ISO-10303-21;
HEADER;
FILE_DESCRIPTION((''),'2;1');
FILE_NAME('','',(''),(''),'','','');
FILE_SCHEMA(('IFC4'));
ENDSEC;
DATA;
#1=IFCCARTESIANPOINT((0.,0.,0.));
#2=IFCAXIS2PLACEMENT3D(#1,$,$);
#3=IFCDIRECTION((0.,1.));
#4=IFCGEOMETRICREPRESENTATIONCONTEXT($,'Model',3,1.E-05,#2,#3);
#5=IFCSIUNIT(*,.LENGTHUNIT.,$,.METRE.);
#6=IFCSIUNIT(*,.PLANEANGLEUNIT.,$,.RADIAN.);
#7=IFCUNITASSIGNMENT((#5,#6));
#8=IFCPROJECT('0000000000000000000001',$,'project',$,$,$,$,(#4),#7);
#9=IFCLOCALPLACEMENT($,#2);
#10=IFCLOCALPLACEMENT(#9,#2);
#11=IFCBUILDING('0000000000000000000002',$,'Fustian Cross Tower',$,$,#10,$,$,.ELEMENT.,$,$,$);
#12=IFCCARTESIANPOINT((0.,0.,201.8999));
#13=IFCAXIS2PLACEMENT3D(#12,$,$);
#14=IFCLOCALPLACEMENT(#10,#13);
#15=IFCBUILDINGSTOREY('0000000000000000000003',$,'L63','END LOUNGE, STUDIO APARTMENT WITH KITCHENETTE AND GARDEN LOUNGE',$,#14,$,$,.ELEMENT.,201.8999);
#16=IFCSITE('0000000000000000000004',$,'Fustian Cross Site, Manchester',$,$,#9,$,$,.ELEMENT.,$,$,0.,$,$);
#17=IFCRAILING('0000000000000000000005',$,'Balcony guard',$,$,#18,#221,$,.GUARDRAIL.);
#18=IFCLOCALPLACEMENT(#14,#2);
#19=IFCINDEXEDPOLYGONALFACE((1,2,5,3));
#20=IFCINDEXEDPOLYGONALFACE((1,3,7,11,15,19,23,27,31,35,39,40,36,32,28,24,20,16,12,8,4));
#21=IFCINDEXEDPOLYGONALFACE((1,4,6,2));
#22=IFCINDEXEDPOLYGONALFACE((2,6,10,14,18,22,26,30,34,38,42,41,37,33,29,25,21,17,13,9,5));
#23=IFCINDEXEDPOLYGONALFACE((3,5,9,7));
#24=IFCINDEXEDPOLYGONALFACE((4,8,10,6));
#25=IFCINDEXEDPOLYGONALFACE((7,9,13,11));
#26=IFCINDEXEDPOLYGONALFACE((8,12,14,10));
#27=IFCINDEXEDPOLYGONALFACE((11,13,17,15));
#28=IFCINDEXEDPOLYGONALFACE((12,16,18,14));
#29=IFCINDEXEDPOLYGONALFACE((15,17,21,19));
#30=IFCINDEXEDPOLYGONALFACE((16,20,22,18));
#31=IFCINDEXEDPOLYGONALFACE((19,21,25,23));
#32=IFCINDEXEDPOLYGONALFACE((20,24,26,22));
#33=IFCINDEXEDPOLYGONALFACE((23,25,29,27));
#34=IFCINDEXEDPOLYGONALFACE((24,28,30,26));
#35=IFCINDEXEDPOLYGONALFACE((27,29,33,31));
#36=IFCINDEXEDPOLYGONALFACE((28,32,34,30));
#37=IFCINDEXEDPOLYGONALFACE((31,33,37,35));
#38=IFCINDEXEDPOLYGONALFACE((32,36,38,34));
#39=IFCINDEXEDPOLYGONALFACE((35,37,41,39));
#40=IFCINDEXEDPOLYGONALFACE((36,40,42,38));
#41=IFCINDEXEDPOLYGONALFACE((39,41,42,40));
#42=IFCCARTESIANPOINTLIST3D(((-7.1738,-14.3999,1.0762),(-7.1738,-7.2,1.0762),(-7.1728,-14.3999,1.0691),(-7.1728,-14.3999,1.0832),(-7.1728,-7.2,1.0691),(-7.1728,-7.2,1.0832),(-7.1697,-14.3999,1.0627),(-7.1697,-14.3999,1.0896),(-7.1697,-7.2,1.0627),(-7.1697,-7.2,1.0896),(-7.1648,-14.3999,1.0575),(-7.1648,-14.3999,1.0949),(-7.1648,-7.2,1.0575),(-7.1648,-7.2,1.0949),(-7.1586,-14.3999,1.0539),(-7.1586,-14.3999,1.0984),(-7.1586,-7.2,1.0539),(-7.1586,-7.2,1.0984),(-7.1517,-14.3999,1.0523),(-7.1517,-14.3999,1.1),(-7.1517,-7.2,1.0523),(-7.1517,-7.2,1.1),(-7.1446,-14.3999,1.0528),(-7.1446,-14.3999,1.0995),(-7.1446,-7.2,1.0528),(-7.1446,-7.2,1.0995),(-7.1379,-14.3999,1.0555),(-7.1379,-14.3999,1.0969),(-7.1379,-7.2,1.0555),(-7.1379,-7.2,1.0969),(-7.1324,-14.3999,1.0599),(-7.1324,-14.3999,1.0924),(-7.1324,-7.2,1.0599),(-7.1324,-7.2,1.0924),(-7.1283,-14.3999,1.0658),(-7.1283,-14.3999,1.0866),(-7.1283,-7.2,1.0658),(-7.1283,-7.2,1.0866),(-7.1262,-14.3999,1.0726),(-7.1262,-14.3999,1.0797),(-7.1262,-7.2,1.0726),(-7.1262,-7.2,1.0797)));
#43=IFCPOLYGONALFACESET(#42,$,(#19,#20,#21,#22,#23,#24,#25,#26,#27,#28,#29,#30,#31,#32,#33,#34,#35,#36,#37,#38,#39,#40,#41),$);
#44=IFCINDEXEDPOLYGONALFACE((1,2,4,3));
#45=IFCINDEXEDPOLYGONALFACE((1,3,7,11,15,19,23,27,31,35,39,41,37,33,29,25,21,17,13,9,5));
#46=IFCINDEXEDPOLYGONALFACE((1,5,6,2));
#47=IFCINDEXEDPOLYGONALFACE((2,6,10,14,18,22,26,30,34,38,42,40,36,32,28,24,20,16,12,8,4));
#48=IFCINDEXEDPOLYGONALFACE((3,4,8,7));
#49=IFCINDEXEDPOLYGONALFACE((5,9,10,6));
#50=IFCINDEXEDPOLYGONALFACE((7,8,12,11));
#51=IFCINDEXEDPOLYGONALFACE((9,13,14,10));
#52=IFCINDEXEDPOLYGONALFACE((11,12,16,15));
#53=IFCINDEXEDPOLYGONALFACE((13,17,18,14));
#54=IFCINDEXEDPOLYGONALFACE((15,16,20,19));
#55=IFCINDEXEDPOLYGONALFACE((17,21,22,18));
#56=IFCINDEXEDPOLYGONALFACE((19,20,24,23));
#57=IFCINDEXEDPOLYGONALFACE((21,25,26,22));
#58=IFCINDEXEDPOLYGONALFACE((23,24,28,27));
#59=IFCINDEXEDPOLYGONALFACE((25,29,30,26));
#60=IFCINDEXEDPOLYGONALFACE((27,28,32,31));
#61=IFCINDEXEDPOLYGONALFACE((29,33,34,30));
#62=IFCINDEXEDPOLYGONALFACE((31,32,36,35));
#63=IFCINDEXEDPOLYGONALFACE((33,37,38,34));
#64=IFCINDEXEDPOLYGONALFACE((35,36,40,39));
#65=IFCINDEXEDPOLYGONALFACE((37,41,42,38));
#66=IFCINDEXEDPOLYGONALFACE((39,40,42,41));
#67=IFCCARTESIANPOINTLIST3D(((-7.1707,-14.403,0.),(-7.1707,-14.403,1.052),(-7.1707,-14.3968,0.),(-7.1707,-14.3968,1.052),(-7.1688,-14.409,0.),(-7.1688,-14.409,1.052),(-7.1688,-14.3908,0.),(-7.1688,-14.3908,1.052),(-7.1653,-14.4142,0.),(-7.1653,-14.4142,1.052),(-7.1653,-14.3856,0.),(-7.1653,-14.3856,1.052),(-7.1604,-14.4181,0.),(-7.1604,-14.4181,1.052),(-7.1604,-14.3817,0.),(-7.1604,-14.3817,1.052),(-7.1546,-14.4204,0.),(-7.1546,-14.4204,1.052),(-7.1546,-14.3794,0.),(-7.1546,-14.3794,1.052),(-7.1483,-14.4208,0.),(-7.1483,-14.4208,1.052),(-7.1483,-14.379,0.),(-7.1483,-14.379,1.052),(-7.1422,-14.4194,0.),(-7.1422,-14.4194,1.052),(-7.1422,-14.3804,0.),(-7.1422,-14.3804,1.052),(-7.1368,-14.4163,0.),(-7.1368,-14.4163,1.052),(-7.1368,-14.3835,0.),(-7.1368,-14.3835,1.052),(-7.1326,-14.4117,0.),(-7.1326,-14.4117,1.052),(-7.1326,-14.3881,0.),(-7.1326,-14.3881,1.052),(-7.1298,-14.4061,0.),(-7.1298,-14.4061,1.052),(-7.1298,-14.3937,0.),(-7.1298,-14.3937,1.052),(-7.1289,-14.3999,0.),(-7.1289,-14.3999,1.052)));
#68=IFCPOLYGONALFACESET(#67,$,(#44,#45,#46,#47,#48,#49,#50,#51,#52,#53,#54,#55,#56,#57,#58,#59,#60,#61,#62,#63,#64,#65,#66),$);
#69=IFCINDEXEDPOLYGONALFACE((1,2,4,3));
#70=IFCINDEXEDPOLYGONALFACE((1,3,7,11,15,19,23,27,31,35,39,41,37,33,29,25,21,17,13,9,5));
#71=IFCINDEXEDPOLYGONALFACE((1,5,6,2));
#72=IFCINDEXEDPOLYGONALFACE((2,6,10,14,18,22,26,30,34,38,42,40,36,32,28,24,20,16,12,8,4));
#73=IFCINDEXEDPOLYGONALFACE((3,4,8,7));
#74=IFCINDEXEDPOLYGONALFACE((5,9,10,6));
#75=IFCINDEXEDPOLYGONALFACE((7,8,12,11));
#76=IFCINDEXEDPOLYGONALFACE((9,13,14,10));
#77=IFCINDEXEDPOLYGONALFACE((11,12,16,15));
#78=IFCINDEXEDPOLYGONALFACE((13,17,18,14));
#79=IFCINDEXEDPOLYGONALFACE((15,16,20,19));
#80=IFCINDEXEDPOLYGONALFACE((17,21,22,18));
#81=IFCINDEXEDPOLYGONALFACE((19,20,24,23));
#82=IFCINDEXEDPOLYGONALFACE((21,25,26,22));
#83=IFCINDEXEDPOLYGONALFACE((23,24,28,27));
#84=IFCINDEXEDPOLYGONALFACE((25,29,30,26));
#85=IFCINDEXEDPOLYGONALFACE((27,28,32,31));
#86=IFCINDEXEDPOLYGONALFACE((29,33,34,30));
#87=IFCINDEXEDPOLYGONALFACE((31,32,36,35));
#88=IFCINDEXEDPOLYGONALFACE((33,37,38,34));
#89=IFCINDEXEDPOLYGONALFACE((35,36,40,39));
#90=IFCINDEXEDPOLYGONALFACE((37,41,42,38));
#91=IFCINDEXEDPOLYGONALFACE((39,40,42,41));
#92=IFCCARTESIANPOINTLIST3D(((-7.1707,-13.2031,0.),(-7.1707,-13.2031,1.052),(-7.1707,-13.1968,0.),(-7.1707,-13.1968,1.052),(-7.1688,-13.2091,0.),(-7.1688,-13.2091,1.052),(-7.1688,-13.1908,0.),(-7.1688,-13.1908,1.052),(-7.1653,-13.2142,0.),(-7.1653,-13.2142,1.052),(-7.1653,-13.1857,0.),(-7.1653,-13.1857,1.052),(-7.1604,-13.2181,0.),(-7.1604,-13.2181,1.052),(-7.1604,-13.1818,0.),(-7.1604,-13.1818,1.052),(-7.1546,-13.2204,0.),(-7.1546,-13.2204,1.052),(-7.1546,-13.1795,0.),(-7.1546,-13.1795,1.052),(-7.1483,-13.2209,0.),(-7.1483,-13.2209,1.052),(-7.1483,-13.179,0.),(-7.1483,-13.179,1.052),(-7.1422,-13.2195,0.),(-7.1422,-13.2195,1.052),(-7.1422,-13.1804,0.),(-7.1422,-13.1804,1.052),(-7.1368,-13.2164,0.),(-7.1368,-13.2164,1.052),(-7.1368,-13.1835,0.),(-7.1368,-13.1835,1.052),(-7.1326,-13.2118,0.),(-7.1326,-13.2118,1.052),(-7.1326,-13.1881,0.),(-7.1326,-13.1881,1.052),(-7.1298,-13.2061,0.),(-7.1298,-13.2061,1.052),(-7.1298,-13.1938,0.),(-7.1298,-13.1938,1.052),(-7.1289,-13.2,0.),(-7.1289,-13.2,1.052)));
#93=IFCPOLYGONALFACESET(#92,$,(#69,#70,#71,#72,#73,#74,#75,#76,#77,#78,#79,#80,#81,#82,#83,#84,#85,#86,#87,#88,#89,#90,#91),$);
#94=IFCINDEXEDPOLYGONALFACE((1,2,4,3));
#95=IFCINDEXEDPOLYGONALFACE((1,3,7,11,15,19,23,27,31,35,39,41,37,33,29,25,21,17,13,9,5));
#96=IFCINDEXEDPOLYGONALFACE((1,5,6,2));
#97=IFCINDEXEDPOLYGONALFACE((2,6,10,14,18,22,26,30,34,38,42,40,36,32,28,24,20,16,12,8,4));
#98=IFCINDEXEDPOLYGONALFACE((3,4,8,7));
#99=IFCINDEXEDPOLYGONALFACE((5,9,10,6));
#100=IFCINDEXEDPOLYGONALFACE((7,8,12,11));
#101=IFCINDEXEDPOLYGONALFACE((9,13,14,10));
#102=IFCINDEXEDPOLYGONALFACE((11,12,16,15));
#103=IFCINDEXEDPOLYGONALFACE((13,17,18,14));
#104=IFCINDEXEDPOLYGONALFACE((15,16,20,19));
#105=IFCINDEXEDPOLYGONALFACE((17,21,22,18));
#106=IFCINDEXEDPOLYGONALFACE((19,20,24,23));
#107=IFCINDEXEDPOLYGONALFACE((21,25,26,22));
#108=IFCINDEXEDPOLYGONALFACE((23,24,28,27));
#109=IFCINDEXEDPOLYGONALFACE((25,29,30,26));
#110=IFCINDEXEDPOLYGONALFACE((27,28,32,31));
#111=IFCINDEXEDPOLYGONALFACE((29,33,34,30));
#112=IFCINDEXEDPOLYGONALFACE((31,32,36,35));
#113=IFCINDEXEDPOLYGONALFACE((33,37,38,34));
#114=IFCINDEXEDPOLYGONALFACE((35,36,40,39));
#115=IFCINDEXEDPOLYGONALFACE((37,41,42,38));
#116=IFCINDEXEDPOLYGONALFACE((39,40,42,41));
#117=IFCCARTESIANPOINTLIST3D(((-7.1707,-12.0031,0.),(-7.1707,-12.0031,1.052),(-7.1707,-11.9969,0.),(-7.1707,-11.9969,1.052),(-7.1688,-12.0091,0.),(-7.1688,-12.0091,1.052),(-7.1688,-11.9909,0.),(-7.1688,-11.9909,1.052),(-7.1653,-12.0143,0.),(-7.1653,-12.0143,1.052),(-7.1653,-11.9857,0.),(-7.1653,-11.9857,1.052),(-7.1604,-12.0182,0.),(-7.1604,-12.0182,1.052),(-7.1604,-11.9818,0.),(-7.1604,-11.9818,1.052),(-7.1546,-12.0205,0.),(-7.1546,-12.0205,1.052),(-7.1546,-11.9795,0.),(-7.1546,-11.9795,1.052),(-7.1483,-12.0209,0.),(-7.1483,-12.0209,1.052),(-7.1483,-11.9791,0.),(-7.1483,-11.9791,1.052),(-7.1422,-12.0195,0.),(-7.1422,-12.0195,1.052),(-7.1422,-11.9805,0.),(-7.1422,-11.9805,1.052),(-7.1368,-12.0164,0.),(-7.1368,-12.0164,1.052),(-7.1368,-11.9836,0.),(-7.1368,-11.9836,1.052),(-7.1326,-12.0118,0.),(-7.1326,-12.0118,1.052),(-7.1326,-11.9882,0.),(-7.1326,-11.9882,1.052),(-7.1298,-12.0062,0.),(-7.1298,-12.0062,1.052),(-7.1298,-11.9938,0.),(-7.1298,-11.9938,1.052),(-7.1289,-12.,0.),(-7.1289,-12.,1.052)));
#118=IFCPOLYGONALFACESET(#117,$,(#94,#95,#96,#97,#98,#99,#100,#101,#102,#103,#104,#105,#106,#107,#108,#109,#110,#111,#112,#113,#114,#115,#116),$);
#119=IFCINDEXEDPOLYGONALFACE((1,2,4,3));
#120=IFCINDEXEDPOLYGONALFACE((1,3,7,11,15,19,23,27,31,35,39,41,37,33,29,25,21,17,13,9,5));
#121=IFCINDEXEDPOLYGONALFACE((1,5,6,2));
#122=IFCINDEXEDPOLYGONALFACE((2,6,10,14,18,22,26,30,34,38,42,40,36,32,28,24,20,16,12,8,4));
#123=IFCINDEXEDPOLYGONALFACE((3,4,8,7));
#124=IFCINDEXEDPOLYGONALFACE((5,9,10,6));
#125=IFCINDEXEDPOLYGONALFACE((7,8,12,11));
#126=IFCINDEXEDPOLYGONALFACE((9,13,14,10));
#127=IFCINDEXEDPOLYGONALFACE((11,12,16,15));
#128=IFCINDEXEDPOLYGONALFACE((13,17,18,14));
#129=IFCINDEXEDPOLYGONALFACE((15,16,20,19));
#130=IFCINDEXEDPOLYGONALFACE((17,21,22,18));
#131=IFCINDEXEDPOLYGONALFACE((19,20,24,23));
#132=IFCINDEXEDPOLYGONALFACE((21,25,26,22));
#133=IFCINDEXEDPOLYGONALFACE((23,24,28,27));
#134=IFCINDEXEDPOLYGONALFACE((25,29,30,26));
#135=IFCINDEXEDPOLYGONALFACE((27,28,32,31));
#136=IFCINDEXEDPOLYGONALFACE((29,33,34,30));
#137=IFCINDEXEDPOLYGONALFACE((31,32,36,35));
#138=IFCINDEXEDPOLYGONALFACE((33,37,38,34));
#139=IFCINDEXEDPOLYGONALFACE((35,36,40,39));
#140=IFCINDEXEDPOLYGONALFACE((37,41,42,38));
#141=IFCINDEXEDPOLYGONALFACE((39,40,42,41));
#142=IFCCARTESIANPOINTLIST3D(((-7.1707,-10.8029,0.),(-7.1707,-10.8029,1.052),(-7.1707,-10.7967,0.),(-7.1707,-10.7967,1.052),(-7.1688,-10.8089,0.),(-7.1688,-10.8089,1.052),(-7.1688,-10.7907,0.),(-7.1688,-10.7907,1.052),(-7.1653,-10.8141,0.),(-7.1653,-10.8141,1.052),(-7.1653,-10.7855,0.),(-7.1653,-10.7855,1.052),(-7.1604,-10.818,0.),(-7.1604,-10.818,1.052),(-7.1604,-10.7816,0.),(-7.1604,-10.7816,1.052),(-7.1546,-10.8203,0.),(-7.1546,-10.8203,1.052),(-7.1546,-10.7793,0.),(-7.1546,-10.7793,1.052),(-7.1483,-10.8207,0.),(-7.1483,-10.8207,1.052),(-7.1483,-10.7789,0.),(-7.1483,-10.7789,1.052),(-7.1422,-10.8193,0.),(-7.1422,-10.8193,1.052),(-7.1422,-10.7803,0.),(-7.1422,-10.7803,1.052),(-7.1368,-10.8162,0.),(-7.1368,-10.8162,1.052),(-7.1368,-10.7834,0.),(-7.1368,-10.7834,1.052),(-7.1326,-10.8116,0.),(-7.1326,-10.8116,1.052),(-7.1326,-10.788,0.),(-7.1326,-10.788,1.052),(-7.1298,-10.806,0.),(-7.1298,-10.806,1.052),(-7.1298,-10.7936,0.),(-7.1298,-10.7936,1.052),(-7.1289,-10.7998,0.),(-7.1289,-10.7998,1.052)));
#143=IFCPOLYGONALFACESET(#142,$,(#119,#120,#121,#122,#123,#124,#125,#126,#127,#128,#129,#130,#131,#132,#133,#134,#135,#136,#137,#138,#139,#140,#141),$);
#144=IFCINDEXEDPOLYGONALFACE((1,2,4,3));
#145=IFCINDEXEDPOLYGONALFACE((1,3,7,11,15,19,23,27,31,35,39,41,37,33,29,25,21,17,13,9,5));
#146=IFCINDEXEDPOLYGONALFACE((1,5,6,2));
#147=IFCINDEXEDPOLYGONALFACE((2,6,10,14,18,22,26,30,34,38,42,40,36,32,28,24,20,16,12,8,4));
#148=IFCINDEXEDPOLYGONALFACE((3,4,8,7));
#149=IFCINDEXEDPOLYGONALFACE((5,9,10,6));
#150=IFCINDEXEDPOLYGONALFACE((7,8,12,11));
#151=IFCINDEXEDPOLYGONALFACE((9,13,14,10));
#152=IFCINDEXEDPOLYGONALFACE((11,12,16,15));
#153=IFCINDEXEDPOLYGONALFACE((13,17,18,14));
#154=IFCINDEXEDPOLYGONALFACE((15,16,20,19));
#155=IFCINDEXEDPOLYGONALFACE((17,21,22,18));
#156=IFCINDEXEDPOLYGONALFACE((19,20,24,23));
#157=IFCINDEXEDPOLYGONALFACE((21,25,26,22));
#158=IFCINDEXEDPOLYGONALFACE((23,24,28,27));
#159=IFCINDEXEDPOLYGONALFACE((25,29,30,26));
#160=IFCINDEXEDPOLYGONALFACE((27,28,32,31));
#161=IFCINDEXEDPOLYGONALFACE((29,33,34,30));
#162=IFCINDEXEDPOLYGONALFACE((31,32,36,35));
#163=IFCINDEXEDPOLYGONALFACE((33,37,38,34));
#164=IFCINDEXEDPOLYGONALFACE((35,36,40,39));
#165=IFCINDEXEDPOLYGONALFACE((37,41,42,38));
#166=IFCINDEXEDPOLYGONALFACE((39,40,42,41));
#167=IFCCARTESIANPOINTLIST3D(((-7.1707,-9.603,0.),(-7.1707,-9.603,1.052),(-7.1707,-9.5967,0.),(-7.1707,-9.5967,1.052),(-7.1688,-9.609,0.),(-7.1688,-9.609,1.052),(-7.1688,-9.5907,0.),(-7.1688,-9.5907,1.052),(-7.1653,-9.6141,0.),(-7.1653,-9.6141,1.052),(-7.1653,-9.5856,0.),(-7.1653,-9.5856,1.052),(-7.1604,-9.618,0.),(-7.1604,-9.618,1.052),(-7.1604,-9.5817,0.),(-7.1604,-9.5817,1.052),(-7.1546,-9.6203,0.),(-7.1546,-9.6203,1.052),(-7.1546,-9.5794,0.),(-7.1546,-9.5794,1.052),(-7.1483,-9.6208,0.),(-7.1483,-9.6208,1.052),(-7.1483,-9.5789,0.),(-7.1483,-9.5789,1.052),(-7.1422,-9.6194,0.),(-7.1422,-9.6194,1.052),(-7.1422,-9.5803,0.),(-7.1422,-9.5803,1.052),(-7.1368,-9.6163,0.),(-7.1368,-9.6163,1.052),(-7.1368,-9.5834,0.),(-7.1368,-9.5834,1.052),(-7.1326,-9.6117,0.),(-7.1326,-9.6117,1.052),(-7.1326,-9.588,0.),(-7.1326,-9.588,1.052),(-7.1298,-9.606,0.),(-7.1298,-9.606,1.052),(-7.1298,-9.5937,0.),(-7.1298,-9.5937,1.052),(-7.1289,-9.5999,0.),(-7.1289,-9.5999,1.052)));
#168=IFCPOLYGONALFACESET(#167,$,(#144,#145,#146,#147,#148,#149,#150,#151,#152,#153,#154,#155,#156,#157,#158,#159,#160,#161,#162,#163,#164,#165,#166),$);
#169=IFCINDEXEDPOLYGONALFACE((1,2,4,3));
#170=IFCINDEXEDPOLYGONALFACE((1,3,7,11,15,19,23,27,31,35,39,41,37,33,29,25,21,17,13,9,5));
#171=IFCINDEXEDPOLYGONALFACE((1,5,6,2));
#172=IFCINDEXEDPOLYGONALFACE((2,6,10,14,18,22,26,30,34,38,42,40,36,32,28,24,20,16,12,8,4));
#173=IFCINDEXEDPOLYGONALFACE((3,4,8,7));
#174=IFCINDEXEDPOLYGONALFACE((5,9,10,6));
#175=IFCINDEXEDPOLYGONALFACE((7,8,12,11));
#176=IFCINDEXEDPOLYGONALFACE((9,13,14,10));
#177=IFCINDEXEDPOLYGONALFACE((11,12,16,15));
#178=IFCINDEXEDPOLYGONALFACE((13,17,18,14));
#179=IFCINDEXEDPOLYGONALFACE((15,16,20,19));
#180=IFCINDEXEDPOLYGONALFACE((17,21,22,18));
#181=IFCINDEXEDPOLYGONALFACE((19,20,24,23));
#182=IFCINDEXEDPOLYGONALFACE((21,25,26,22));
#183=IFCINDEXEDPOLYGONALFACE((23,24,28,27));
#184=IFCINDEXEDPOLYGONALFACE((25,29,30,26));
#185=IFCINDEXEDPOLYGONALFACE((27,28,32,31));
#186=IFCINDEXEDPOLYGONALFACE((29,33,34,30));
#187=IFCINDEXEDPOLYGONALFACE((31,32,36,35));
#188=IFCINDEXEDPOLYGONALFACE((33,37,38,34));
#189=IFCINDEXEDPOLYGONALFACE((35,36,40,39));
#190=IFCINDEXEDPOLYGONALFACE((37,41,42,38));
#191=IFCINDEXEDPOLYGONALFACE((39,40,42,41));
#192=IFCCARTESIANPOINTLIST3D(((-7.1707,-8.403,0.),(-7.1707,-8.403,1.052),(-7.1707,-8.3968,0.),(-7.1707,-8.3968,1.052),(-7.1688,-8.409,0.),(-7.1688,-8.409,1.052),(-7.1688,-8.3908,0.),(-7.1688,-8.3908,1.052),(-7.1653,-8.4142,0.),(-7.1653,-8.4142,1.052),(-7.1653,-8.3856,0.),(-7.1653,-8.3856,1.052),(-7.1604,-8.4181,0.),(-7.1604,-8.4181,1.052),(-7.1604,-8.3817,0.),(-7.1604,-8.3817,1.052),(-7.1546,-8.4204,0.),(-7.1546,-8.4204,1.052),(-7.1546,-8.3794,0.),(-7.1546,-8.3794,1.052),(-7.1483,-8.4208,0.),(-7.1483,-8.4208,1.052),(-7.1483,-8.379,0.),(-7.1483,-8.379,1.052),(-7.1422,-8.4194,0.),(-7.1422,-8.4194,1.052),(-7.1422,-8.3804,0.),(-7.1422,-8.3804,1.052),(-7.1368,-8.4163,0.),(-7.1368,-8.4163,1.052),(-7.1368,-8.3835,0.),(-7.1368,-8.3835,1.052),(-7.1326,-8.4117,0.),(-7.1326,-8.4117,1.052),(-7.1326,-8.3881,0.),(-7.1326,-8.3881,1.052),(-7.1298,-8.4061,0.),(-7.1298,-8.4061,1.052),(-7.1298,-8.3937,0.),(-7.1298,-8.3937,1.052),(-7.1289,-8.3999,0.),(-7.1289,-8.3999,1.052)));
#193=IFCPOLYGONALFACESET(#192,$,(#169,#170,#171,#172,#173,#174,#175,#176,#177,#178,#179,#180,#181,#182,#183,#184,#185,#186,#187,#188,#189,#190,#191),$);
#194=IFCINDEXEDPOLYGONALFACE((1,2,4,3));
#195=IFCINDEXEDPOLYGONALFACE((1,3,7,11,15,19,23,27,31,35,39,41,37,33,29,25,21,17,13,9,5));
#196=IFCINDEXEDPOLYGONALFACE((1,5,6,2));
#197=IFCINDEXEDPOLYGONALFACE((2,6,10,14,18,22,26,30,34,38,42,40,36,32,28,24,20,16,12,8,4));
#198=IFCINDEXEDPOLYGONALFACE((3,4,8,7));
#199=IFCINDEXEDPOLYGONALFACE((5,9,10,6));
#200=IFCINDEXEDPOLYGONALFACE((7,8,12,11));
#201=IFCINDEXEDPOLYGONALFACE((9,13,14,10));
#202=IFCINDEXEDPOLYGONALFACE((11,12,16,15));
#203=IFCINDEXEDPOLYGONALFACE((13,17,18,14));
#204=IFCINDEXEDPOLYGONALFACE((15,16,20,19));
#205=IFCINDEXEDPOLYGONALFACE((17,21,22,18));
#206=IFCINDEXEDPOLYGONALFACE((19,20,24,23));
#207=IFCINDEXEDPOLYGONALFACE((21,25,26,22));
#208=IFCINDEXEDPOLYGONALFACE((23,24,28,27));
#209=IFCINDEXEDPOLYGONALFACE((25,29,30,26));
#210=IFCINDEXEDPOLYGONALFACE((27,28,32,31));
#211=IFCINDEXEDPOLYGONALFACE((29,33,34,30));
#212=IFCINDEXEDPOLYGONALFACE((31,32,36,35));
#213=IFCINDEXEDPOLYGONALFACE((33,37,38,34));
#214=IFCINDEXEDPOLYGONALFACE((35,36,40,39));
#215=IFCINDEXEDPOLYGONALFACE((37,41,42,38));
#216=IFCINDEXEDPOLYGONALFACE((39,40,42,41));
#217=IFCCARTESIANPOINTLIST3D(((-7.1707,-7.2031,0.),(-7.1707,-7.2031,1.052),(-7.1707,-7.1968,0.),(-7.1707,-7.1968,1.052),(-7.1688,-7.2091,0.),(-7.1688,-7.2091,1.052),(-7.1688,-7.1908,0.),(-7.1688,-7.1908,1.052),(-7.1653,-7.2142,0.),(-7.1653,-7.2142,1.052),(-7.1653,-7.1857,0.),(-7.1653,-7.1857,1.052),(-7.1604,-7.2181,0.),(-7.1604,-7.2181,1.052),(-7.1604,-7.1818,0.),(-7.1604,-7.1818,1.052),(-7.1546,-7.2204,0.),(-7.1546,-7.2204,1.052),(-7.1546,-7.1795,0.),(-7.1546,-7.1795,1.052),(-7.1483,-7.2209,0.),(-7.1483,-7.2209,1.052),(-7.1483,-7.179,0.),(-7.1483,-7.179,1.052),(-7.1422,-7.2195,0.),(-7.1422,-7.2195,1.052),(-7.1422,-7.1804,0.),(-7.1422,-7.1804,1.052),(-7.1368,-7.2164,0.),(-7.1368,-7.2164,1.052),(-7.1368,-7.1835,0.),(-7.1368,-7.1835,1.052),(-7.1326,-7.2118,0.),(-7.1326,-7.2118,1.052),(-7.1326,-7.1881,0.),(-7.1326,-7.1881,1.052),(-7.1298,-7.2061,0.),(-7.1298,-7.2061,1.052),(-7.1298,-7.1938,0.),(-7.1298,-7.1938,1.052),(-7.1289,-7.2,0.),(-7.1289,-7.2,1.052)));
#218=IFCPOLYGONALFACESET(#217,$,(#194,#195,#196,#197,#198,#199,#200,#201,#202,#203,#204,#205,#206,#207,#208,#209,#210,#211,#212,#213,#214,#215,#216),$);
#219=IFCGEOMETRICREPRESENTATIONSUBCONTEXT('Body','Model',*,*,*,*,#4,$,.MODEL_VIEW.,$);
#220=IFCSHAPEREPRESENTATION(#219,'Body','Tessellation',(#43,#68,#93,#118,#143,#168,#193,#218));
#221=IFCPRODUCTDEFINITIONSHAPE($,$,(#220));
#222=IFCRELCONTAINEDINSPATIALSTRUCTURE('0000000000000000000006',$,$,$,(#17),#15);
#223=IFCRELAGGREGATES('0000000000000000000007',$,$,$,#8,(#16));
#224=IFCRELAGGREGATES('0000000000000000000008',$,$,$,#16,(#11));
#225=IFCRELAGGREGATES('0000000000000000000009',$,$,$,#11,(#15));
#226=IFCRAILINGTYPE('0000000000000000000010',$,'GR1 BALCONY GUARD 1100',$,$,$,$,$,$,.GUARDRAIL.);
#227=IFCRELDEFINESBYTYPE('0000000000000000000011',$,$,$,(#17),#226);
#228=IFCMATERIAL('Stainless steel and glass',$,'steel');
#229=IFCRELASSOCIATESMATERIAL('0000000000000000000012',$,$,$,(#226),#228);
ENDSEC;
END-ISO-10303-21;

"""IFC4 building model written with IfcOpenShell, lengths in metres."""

from ifc_helpers import new_model, si_unit, direction, frame, origin, origin_2d, place, context, subcontext, project, spatial, circle, extrude, material, type_object, element, save


model = new_model("IFC4")

# Units and contexts
model_context = context("Model", 3, precision=1e-05, world=origin(), true_north=direction((0.0, 1.0)))
body_context = subcontext(model_context, "Body", "Model", "MODEL_VIEW")
ifc_project = project(units=[si_unit("LENGTHUNIT", "METRE"), si_unit("PLANEANGLEUNIT", "RADIAN")], contexts=[model_context])

# Site, building, storey
site_placement = place(None, origin())
site = spatial("IfcSite", under=ifc_project, at=site_placement, Name="Fustian Cross Site, Manchester", CompositionType="ELEMENT", RefElevation=0.0)
building_placement = place(site_placement, origin())
building = spatial("IfcBuilding", under=site, at=building_placement, Name="Fustian Cross Tower", CompositionType="ELEMENT")
storey_placement = place(building_placement, frame((0.0, 0.0, 201.8999)))
storey = spatial("IfcBuildingStorey", under=building, at=storey_placement, Name="L63", Description="END LOUNGE, STUDIO APARTMENT WITH KITCHENETTE AND GARDEN LOUNGE", CompositionType="ELEMENT", Elevation=201.8999)

# Railing
ifc_material_1 = material(Name="Stainless steel and glass", Category="steel")
railing_type = type_object("IfcRailingType", Name="GR1 BALCONY GUARD 1100", PredefinedType="GUARDRAIL", material=ifc_material_1)
railing_placement = place(storey_placement, frame((-7.1499, -14.3999, 0.0)))
element("IfcRailing", 1, at=railing_placement, inside=storey, type_object=railing_type, Name="Balcony guard", PredefinedType="GUARDRAIL", context=body_context, shape_type="SweptSolid", body=[
    extrude(circle(Radius=0.0239, at=origin_2d()), frame((0.0, 0.0, 1.0762), z_axis=(0.0, 1.0, 0.0), x_axis=(-1.0, 0.0, 0.0)), (0.0, 0.0, 1.0), 7.2),
    extrude(circle(Radius=0.021, at=origin_2d()), origin(), (0.0, 0.0, 1.0), 1.052),
    extrude(circle(Radius=0.021, at=origin_2d()), frame((0.0, 1.2, 0.0)), (0.0, 0.0, 1.0), 1.052),
    extrude(circle(Radius=0.021, at=origin_2d()), frame((0.0, 2.3999, 0.0)), (0.0, 0.0, 1.0), 1.052),
    extrude(circle(Radius=0.021, at=origin_2d()), frame((0.0, 3.6001, 0.0)), (0.0, 0.0, 1.0), 1.052),
    extrude(circle(Radius=0.021, at=origin_2d()), frame((0.0, 4.8, 0.0)), (0.0, 0.0, 1.0), 1.052),
    extrude(circle(Radius=0.021, at=origin_2d()), frame((0.0, 6.0, 0.0)), (0.0, 0.0, 1.0), 1.052),
    extrude(circle(Radius=0.021, at=origin_2d()), frame((0.0, 7.2, 0.0)), (0.0, 0.0, 1.0), 1.052),
])

save(model, "model.ifc")
